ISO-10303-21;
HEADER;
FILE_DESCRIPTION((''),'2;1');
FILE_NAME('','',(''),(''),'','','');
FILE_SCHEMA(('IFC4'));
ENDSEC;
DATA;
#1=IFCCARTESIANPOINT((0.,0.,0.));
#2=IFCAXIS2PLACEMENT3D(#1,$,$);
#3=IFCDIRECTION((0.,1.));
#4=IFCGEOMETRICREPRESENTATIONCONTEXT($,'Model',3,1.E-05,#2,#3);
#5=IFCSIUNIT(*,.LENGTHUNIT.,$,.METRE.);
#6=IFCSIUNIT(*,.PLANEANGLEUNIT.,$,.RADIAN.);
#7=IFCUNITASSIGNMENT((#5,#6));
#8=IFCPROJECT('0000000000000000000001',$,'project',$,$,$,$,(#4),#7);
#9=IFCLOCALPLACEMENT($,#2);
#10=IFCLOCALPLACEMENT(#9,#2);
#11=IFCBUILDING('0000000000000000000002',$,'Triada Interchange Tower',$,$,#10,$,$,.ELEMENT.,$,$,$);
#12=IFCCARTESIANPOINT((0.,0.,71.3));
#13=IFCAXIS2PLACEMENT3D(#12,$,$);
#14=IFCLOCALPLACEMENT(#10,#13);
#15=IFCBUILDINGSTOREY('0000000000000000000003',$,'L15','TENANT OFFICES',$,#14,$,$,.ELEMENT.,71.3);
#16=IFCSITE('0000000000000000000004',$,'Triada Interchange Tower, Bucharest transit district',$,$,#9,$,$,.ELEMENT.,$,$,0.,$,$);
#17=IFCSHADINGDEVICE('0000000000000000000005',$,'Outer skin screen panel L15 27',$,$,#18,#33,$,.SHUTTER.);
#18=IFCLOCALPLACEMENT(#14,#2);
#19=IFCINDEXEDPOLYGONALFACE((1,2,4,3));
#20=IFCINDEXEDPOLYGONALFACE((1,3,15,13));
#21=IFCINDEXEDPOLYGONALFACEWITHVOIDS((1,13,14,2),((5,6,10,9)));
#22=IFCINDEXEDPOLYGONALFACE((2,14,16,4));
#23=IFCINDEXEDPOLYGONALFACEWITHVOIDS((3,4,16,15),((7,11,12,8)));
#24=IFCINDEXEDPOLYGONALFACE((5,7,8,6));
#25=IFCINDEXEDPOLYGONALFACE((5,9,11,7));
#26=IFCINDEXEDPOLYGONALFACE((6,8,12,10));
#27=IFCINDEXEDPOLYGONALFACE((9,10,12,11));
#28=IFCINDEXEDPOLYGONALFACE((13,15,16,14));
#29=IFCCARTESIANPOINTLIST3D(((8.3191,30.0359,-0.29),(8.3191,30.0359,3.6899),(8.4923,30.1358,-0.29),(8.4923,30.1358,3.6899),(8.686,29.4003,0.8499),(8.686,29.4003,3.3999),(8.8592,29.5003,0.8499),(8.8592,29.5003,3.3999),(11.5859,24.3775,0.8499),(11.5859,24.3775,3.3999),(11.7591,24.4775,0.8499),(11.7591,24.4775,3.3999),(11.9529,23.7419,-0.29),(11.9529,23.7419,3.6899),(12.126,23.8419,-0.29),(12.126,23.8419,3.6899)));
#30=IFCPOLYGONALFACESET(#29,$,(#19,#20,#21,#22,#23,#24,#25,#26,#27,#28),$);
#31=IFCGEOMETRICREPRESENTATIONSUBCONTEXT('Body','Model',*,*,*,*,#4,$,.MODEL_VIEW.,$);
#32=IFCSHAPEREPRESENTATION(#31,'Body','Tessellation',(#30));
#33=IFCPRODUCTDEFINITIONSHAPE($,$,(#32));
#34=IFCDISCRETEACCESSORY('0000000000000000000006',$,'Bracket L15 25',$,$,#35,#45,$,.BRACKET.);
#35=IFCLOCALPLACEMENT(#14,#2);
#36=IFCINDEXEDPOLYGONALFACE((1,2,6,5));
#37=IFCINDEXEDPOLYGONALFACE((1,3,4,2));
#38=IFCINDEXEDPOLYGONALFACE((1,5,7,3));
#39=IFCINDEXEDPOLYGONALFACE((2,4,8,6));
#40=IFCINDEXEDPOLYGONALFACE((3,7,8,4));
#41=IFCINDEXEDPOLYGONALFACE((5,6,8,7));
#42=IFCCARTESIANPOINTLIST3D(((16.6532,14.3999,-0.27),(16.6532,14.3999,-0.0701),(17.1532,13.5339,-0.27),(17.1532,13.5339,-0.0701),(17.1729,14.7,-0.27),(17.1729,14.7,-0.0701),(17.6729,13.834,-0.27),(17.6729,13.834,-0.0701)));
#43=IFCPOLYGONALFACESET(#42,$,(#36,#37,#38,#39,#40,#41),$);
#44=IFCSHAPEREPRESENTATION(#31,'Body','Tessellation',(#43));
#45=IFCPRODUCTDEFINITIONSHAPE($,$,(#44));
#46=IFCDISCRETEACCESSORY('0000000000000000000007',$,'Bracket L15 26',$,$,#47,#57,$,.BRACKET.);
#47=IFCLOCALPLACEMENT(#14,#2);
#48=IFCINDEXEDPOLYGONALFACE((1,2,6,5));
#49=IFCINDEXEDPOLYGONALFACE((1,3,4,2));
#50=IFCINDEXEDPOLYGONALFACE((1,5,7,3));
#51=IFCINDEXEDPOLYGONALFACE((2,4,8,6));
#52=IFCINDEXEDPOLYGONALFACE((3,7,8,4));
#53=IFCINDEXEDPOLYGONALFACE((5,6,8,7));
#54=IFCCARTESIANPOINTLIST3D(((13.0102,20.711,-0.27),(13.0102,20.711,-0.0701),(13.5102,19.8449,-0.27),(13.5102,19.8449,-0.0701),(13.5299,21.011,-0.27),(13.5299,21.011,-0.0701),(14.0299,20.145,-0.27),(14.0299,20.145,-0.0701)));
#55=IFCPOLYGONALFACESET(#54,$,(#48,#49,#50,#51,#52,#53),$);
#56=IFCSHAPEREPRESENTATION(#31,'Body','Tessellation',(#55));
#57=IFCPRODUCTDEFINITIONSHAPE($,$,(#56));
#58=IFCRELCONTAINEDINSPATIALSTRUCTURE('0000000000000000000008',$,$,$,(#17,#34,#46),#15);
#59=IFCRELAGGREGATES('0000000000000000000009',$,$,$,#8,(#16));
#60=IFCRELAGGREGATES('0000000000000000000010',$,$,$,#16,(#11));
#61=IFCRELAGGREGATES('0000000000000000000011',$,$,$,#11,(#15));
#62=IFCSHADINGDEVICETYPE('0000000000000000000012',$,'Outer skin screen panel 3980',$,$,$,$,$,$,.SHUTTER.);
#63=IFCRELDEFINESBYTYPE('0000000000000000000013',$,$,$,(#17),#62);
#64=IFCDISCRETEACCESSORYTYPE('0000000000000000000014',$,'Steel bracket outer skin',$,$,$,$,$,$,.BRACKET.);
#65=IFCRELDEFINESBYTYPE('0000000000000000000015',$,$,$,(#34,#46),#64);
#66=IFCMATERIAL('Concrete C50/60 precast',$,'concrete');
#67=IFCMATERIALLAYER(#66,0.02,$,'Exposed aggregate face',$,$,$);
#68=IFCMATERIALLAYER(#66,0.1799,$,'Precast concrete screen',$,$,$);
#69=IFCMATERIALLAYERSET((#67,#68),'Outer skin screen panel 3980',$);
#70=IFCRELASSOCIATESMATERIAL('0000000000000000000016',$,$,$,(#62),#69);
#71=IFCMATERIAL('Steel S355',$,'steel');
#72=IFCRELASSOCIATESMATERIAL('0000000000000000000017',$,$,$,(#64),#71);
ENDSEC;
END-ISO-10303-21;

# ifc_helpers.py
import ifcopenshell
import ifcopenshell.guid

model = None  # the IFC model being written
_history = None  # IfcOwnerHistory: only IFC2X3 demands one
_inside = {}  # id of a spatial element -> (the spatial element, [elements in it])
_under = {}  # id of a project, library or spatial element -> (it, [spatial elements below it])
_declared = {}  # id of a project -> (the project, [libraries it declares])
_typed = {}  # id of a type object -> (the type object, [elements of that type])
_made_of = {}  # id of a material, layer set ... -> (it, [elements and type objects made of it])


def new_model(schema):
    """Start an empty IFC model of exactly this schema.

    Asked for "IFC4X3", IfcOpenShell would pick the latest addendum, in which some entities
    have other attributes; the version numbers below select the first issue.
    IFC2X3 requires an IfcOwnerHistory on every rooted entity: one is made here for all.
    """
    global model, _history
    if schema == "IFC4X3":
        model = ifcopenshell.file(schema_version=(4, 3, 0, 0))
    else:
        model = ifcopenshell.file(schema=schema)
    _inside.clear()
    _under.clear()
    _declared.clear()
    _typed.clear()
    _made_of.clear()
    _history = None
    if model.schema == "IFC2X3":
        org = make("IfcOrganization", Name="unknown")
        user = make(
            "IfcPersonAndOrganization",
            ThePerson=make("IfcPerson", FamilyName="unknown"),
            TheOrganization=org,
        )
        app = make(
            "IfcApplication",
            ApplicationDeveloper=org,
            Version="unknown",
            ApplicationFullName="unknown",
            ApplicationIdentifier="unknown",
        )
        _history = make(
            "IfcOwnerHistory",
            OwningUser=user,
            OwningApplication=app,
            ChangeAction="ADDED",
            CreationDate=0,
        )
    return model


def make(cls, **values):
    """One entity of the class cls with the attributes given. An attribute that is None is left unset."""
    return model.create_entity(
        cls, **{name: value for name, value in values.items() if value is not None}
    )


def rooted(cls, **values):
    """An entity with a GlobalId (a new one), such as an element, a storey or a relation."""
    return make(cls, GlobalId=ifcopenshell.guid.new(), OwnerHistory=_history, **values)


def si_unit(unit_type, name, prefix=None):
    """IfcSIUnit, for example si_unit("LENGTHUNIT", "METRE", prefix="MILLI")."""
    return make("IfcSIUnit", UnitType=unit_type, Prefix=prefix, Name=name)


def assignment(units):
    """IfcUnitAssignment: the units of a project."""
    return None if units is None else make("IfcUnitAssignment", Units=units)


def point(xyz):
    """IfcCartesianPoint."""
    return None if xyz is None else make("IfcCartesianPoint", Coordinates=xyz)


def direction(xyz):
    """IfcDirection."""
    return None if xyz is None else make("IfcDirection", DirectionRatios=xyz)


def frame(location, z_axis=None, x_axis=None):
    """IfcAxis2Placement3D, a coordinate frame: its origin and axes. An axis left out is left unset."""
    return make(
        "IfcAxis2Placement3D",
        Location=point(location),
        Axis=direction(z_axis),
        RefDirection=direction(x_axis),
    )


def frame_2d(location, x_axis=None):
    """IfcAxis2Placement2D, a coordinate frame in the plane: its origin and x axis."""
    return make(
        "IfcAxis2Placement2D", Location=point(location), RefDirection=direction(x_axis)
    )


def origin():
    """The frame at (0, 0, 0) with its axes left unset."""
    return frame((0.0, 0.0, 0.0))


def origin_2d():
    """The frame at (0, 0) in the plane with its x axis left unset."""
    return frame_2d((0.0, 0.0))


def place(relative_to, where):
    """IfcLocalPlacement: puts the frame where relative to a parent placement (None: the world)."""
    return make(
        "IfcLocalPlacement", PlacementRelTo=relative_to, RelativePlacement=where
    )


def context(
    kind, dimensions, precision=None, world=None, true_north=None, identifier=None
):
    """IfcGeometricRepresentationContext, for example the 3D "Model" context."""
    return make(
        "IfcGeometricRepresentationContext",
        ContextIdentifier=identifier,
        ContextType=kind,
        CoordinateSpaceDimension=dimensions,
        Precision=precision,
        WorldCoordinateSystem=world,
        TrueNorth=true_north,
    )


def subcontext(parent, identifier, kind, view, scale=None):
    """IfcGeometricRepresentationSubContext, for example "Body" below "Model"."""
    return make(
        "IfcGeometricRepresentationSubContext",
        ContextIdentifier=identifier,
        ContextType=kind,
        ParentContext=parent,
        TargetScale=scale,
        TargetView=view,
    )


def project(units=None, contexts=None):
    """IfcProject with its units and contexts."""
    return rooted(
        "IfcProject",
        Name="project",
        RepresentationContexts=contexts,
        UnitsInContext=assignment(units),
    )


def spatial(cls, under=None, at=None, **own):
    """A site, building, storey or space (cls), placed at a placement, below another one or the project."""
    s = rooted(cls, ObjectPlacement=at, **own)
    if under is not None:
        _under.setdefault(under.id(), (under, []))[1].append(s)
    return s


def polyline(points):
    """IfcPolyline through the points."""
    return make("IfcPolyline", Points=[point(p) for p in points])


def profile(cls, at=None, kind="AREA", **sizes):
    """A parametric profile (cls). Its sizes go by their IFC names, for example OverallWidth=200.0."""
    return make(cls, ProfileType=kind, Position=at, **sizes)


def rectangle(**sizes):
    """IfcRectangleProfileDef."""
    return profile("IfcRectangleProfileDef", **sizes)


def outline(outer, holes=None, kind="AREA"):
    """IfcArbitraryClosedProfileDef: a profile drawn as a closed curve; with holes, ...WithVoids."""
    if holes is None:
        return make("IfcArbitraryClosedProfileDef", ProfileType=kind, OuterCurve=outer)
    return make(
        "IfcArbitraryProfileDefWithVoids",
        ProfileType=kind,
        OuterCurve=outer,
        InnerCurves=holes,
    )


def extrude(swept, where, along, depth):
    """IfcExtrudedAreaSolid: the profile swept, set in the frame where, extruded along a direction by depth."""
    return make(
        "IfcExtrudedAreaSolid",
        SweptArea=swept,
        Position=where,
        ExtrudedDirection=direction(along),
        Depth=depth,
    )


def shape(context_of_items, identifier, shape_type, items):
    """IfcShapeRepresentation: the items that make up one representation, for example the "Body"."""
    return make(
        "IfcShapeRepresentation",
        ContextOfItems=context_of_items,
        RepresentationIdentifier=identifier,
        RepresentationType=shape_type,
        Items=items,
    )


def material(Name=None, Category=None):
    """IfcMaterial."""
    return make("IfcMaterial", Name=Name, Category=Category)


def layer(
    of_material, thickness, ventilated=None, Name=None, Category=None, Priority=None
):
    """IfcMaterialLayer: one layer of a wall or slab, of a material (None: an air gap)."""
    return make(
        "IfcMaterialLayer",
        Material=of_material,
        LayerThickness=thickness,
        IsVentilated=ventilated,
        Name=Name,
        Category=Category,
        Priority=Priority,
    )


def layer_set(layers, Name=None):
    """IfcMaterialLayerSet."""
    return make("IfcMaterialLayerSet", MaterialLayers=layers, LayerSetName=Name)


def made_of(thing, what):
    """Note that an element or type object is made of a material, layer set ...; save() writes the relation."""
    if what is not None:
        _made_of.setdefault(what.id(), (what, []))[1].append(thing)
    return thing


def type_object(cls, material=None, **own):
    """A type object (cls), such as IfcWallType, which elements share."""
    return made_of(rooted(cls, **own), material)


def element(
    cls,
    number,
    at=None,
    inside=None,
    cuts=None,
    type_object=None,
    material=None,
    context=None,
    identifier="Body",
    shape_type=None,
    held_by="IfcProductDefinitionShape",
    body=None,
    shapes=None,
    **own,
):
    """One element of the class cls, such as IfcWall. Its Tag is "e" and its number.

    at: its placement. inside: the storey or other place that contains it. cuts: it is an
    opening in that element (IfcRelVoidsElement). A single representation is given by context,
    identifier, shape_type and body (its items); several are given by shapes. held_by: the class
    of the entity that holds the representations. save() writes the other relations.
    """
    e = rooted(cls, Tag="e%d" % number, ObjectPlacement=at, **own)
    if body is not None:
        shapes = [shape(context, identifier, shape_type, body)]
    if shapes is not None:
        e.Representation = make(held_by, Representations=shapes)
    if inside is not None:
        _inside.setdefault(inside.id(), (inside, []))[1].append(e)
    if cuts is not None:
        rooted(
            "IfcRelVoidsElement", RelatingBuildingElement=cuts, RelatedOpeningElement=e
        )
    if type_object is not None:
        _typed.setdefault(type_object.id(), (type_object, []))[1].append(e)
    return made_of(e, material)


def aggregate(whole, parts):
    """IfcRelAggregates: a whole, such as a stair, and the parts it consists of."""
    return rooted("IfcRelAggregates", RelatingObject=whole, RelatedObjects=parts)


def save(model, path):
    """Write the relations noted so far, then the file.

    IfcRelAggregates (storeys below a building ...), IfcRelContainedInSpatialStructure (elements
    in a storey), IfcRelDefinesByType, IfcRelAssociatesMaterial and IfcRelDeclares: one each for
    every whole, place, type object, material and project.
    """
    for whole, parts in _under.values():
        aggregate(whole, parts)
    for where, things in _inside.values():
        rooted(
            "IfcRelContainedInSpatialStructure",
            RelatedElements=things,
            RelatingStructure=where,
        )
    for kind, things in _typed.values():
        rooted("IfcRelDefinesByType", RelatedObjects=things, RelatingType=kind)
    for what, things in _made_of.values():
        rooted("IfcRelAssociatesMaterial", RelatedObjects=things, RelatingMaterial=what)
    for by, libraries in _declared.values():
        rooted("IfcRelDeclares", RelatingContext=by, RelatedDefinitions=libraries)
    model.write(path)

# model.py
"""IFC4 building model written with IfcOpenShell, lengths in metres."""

from ifc_helpers import new_model, si_unit, direction, frame, origin, origin_2d, place, context, subcontext, project, spatial, polyline, rectangle, outline, extrude, material, layer, layer_set, type_object, element, save


model = new_model("IFC4")

# Units and contexts
model_context = context("Model", 3, precision=1e-05, world=origin(), true_north=direction((0.0, 1.0)))
body_context = subcontext(model_context, "Body", "Model", "MODEL_VIEW")
ifc_project = project(units=[si_unit("LENGTHUNIT", "METRE"), si_unit("PLANEANGLEUNIT", "RADIAN")], contexts=[model_context])

# Site, building, storey
site_placement = place(None, origin())
site = spatial("IfcSite", under=ifc_project, at=site_placement, Name="Triada Interchange Tower, Bucharest transit district", CompositionType="ELEMENT", RefElevation=0.0)
building_placement = place(site_placement, origin())
building = spatial("IfcBuilding", under=site, at=building_placement, Name="Triada Interchange Tower", CompositionType="ELEMENT")
storey_placement = place(building_placement, frame((0.0, 0.0, 71.3)))
storey = spatial("IfcBuildingStorey", under=building, at=storey_placement, Name="L15", Description="TENANT OFFICES", CompositionType="ELEMENT", Elevation=71.3)

# Shading device
ifc_material_1 = material(Name="Concrete C50/60 precast", Category="concrete")
ifc_layer_1 = layer(ifc_material_1, 0.02, Name="Exposed aggregate face")
ifc_layer_2 = layer(ifc_material_1, 0.1799, Name="Precast concrete screen")
ifc_layer_set_1 = layer_set([ifc_layer_1, ifc_layer_2], Name="Outer skin screen panel 3980")
shading_device_type = type_object("IfcShadingDeviceType", Name="Outer skin screen panel 3980", PredefinedType="SHUTTER", material=ifc_layer_set_1)
shading_device_1_placement = place(storey_placement, frame((11.9529, 23.7419, -0.29), z_axis=(0.0, 0.0, 1.0), x_axis=(-0.499998, 0.866027, 0.0)))
element("IfcShadingDevice", 1, at=shading_device_1_placement, inside=storey, type_object=shading_device_type, Name="Outer skin screen panel L15 27", PredefinedType="SHUTTER", context=body_context, shape_type="SweptSolid", body=[
    extrude(outline(polyline([(0.0, 0.0), (7.2676, 0.0), (7.2676, 3.98), (0.0, 3.98), (0.0, 0.0)]), holes=[polyline([(0.7339, 1.1399), (0.7339, 3.6899), (6.5337, 3.6899), (6.5337, 1.1399), (0.7339, 1.1399)])]), frame((0.0, 0.0, 0.0), z_axis=(0.0, -1.0, 0.0), x_axis=(1.0, 0.0, 0.0)), (0.0, 0.0, 1.0), 0.2),
])

# Discrete accessories
ifc_material_2 = material(Name="Steel S355", Category="steel")
discrete_accessory_type = type_object("IfcDiscreteAccessoryType", Name="Steel bracket outer skin", PredefinedType="BRACKET", material=ifc_material_2)
for number, where, z_axis, x_axis, name in (
    (2, (17.1631, 14.1169, -0.27), (0.0, 0.0, 1.0), (0.866027, 0.499997, 0.0), "Bracket L15 25"),
    (3, (13.52, 20.428, -0.27), (0.0, 0.0, 1.0), (0.866027, 0.499997, 0.0), "Bracket L15 26"),
):
    element("IfcDiscreteAccessory", number, at=place(storey_placement, frame(where, z_axis=z_axis, x_axis=x_axis)), inside=storey, type_object=discrete_accessory_type, Name=name, PredefinedType="BRACKET", context=body_context, shape_type="SweptSolid", body=[
        extrude(rectangle(XDim=0.6001, YDim=1.0, at=origin_2d()), origin(), (0.0, 0.0, 1.0), 0.2),
    ])

save(model, "model.ifc")
